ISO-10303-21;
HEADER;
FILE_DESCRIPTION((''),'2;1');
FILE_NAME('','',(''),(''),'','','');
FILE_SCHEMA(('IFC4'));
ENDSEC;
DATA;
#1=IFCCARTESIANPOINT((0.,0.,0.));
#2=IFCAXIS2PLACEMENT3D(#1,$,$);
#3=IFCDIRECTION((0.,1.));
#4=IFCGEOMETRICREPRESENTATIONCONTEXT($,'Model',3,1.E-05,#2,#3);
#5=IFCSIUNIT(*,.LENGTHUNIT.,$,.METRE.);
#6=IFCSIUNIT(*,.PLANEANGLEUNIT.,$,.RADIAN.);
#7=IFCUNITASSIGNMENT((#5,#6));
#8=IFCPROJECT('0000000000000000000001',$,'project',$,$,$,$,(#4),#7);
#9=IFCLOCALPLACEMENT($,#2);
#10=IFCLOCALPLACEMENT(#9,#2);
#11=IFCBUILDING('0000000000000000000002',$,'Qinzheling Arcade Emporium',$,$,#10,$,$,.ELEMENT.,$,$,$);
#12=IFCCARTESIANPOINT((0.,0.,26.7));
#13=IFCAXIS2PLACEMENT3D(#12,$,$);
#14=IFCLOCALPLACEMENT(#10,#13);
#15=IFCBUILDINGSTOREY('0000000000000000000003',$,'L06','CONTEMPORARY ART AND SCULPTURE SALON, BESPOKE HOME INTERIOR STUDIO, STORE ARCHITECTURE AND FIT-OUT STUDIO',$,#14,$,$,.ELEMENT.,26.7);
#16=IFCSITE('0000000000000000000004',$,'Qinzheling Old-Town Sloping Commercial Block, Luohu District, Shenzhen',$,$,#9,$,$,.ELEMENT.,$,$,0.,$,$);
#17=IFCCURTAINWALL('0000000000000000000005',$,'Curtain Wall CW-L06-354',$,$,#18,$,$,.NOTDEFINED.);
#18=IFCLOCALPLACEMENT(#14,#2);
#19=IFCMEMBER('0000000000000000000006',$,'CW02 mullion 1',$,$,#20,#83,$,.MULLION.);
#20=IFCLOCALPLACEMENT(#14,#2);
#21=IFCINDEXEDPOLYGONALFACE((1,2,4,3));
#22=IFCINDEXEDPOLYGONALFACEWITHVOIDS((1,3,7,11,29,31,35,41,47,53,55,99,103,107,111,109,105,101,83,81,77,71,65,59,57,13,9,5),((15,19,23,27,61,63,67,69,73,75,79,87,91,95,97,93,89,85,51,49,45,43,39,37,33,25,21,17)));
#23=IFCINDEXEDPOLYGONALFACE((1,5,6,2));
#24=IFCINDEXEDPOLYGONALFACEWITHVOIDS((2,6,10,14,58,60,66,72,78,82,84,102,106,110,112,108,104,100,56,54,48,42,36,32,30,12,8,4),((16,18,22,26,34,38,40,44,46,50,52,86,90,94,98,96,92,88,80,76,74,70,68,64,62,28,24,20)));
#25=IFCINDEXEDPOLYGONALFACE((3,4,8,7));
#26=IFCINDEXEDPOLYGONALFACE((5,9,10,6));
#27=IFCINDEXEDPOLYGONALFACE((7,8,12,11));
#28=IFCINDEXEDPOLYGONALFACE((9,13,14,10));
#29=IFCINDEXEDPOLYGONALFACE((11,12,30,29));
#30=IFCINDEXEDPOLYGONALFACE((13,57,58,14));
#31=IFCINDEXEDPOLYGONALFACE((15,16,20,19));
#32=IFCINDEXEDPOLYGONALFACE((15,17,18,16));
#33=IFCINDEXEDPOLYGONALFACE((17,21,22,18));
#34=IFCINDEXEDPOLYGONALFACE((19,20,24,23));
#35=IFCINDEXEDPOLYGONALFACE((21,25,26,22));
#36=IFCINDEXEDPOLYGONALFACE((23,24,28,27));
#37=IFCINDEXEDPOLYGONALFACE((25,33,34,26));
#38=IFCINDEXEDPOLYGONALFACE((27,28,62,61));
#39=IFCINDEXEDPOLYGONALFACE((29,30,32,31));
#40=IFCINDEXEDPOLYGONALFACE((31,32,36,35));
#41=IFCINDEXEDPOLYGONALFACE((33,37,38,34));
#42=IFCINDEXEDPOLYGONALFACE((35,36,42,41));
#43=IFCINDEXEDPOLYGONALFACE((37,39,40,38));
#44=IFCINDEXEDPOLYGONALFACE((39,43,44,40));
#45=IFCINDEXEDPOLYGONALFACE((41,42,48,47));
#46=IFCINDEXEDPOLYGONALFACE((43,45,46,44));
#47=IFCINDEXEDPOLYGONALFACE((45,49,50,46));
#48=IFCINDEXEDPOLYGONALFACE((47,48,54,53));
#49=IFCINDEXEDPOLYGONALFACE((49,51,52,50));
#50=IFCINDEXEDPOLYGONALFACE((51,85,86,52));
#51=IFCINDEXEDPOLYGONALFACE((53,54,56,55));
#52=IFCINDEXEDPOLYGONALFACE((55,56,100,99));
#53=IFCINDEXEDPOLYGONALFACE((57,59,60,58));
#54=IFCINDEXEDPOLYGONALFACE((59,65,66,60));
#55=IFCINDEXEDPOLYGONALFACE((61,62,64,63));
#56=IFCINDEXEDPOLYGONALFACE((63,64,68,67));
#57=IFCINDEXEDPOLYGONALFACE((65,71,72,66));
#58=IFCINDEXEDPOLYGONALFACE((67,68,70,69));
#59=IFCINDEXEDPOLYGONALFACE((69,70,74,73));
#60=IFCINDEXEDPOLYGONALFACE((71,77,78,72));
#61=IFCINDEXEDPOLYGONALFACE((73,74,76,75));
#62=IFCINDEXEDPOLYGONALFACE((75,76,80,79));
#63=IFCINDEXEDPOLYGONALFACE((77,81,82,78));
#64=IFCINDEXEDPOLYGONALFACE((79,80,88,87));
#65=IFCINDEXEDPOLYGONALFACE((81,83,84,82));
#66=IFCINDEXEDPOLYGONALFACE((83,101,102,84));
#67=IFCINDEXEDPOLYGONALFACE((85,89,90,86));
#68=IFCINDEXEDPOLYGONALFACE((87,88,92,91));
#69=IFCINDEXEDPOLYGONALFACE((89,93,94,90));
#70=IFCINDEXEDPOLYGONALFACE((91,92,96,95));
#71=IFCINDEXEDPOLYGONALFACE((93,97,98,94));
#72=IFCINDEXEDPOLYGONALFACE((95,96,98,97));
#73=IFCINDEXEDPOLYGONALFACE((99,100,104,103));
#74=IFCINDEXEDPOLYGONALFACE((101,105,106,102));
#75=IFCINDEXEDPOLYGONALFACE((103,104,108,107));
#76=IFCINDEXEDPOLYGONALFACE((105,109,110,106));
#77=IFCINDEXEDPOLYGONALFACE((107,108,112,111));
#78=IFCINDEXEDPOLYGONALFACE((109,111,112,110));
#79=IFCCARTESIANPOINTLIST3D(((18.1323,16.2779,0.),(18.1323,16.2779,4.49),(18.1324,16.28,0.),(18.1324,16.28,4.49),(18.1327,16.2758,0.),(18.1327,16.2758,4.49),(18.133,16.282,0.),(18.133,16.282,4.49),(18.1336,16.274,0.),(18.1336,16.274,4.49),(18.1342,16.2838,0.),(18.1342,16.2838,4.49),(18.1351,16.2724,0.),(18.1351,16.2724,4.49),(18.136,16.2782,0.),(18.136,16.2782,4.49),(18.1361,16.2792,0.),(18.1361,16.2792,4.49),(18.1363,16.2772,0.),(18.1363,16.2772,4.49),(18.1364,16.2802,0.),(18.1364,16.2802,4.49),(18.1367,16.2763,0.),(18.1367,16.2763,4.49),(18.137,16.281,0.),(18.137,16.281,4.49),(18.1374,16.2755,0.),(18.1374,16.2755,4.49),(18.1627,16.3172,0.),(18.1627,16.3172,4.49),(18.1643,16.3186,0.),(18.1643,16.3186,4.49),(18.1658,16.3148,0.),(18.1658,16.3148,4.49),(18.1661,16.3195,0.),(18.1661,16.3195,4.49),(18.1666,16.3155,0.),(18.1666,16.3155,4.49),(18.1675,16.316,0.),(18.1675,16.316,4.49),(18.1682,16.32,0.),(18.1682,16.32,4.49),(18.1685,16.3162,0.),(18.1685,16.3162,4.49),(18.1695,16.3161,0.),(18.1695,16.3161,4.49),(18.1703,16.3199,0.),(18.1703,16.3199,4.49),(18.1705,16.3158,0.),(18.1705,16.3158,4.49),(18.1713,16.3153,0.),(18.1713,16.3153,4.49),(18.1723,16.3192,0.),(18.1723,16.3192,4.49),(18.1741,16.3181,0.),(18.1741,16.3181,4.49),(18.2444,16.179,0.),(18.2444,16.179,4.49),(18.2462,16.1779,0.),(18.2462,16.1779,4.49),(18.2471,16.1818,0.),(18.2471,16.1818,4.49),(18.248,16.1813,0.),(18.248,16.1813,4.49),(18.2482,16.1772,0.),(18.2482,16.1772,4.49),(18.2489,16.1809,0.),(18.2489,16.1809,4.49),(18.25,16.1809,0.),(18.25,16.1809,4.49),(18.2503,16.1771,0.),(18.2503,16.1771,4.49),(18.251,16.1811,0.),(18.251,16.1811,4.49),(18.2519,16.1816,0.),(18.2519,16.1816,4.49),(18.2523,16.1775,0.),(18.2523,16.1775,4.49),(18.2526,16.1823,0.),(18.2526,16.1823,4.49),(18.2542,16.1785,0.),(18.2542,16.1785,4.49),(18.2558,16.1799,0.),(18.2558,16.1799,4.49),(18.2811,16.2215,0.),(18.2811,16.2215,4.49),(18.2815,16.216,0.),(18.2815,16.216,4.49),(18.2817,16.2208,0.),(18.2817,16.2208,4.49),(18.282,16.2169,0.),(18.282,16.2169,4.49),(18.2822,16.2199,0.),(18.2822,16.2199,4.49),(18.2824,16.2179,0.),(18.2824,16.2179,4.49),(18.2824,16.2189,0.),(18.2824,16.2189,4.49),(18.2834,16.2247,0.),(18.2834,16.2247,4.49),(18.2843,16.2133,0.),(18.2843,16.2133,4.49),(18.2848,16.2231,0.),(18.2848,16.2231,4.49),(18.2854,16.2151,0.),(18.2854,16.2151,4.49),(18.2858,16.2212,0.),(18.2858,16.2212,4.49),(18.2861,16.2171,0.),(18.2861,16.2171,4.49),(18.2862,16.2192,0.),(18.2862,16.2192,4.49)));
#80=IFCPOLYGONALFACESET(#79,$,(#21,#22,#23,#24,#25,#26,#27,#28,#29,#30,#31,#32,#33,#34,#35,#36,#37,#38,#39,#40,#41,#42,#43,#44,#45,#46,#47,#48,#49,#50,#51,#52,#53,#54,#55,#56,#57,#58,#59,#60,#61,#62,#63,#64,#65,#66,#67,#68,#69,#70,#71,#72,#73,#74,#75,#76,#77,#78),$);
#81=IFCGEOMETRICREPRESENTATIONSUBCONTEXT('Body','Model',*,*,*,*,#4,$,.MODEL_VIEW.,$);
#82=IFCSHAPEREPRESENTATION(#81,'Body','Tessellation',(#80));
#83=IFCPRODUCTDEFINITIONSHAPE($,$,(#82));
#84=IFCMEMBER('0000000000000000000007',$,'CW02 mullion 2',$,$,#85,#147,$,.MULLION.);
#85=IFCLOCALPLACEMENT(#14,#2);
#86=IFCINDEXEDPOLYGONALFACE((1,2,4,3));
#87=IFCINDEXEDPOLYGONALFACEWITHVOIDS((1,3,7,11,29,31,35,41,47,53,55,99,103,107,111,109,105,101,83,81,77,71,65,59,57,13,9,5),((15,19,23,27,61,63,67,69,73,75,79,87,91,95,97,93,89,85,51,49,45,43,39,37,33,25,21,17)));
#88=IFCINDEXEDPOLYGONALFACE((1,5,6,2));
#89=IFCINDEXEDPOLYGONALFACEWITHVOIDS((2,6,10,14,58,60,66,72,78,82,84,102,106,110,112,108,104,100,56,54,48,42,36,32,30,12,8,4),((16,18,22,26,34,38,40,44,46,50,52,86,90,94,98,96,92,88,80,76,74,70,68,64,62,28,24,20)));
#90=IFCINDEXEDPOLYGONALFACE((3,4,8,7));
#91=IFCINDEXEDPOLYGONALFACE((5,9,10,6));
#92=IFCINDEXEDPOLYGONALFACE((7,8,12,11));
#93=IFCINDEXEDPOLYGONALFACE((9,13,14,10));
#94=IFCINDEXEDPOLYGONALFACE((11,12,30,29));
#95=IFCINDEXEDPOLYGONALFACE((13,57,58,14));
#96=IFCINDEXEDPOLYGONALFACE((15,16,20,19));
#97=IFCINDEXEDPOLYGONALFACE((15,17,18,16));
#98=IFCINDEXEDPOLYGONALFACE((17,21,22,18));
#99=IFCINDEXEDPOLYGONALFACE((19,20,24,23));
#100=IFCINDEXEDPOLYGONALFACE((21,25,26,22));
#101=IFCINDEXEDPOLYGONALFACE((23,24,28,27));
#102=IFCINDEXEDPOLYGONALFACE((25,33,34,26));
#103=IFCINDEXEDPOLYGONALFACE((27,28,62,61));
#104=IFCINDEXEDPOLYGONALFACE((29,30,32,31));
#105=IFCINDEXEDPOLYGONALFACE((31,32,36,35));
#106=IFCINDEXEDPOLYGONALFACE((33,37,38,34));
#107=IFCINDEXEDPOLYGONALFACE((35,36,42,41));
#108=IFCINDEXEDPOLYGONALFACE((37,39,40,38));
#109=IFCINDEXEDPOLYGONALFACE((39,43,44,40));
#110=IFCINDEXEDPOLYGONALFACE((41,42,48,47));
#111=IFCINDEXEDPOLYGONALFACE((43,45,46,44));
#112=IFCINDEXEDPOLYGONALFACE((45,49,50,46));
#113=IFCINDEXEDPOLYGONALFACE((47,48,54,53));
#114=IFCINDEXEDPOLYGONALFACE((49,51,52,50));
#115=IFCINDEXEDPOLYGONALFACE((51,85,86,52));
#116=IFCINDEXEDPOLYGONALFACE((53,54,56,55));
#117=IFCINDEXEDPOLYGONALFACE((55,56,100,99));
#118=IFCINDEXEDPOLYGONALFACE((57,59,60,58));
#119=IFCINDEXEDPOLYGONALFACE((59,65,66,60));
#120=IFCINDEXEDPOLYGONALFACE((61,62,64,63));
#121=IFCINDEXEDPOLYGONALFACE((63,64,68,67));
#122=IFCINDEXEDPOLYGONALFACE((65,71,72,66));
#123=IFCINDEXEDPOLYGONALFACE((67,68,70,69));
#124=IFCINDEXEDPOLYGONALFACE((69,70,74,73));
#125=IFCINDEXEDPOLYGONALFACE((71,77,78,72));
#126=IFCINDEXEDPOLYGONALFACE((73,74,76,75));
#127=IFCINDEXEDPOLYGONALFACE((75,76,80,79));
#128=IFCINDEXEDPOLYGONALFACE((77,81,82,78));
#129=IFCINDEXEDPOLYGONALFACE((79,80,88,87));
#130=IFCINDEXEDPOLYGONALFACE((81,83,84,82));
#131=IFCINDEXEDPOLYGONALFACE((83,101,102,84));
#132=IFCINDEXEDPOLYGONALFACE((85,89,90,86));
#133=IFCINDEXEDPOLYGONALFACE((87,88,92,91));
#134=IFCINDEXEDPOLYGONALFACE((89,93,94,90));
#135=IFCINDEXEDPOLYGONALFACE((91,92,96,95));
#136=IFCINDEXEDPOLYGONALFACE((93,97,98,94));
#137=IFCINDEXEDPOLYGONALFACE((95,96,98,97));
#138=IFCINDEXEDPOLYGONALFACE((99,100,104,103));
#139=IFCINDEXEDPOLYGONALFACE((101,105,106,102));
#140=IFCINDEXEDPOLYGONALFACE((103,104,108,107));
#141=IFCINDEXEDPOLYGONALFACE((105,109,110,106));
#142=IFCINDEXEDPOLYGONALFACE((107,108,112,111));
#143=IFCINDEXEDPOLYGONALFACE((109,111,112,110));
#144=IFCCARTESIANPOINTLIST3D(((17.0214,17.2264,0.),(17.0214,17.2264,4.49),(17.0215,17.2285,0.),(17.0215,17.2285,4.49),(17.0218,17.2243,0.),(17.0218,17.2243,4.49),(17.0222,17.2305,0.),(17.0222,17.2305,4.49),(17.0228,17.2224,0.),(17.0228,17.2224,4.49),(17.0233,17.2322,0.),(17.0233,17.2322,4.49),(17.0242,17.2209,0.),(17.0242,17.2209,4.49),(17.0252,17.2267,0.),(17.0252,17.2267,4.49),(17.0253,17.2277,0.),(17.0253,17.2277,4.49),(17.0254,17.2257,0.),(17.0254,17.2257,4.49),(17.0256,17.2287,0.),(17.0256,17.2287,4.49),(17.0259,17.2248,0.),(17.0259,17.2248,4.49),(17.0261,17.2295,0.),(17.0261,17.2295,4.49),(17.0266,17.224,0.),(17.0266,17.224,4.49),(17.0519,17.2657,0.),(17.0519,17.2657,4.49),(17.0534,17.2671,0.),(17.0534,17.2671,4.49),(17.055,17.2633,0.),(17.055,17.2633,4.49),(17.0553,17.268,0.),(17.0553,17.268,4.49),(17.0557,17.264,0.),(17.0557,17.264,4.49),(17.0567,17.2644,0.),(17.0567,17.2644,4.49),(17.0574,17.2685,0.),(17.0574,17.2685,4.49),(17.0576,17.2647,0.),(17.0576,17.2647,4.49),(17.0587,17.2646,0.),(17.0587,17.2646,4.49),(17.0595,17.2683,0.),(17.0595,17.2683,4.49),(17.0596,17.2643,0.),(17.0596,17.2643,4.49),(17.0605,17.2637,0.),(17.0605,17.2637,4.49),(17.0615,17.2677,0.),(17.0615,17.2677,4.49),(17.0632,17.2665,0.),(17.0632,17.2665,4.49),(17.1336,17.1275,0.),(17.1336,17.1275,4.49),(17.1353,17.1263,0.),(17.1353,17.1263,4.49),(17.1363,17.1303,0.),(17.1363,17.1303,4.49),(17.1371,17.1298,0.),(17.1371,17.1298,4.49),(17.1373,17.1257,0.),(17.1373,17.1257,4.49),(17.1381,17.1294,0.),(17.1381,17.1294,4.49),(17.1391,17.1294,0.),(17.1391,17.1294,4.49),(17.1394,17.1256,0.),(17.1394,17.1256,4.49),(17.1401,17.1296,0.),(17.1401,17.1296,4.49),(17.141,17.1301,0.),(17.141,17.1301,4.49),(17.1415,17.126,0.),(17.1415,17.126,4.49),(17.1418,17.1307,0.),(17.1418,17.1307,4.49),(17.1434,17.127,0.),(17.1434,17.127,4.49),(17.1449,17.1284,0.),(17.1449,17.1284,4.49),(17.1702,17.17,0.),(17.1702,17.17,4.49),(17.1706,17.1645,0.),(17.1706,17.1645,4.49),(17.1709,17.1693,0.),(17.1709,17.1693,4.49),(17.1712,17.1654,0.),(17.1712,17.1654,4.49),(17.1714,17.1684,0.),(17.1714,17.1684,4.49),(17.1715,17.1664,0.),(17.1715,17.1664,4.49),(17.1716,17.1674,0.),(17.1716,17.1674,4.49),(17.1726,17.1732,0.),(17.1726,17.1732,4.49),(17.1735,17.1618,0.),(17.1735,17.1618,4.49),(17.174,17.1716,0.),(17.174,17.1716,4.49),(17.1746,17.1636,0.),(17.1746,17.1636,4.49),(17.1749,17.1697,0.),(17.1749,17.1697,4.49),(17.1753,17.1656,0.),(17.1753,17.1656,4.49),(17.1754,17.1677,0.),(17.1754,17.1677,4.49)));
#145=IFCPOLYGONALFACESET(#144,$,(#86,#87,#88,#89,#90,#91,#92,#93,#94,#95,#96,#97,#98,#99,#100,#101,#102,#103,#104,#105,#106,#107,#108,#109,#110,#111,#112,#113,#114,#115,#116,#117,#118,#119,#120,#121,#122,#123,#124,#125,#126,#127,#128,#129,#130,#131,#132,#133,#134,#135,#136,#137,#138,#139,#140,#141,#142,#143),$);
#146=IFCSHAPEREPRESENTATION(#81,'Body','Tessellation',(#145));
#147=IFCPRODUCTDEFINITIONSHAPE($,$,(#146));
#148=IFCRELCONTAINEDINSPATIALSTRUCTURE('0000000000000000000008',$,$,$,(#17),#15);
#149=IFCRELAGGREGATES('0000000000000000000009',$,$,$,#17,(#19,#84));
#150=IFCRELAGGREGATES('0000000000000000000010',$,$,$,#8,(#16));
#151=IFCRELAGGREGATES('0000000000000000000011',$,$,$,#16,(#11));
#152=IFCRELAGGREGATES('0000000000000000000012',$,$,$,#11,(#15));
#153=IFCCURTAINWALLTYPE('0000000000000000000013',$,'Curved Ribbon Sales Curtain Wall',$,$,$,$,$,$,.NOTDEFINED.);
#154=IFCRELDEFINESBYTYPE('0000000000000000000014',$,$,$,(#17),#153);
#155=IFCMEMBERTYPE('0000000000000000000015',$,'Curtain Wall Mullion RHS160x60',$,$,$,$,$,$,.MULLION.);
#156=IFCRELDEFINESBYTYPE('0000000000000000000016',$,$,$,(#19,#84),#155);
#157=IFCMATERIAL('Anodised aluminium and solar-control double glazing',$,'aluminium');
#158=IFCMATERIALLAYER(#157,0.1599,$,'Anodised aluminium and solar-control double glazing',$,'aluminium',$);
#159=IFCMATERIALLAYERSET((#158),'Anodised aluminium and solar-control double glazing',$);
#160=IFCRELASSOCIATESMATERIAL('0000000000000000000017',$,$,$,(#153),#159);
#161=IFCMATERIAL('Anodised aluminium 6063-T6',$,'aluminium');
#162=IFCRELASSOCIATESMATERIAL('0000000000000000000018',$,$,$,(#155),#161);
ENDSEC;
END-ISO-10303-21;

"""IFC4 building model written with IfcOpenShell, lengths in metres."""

from ifc_helpers import new_model, si_unit, direction, frame, origin, origin_2d, place, context, subcontext, project, spatial, hollow_rectangle, extrude, material, layer, layer_set, material_profile, profile_set, type_object, element, aggregate, save


model = new_model("IFC4")

# Units and contexts
model_context = context("Model", 3, precision=1e-05, world=origin(), true_north=direction((0.0, 1.0)))
body_context = subcontext(model_context, "Body", "Model", "MODEL_VIEW")
ifc_project = project(units=[si_unit("LENGTHUNIT", "METRE"), si_unit("PLANEANGLEUNIT", "RADIAN")], contexts=[model_context])

# Site, building, storey
site_placement = place(None, origin())
site = spatial("IfcSite", under=ifc_project, at=site_placement, Name="Qinzheling Old-Town Sloping Commercial Block, Luohu District, Shenzhen", CompositionType="ELEMENT", RefElevation=0.0)
building_placement = place(site_placement, origin())
building = spatial("IfcBuilding", under=site, at=building_placement, Name="Qinzheling Arcade Emporium", CompositionType="ELEMENT")
storey_placement = place(building_placement, frame((0.0, 0.0, 26.7)))
storey = spatial("IfcBuildingStorey", under=building, at=storey_placement, Name="L06", Description="CONTEMPORARY ART AND SCULPTURE SALON, BESPOKE HOME INTERIOR STUDIO, STORE ARCHITECTURE AND FIT-OUT STUDIO", CompositionType="ELEMENT", Elevation=26.7)

# Curtain wall, members
ifc_material_1 = material(Name="Anodised aluminium and solar-control double glazing", Category="aluminium")
ifc_layer_1 = layer(ifc_material_1, 0.1599, Name="Anodised aluminium and solar-control double glazing", Category="aluminium")
ifc_layer_set_1 = layer_set([ifc_layer_1], Name="Anodised aluminium and solar-control double glazing")
curtain_wall_type = type_object("IfcCurtainWallType", Name="Curved Ribbon Sales Curtain Wall", PredefinedType="NOTDEFINED", material=ifc_layer_set_1)
curtain_wall_1_placement = place(storey_placement, origin())
curtain_wall_1 = element("IfcCurtainWall", 1, at=curtain_wall_1_placement, inside=storey, type_object=curtain_wall_type, Name="Curtain Wall CW-L06-354", PredefinedType="NOTDEFINED")
ifc_material_2 = material(Name="Anodised aluminium 6063-T6", Category="aluminium")
ifc_material_profile_1 = material_profile(ifc_material_2, hollow_rectangle(XDim=0.0601, YDim=0.1599, WallThickness=0.0039, InnerFilletRadius=0.0039, OuterFilletRadius=0.0081, at=origin_2d()), Name="RHS 160x60x4", Category="aluminium")
ifc_profile_set_1 = profile_set([ifc_material_profile_1], Name="Anodised aluminium 6063-T6")
member_type_1 = type_object("IfcMemberType", Name="Curtain Wall Mullion RHS160x60", PredefinedType="MULLION", material=ifc_profile_set_1)
member_1_placement = place(storey_placement, frame((18.2092, 16.2485, 0.0), z_axis=(0.0, 0.0, 1.0), x_axis=(-0.649409, -0.760439, 0.0)))
member_1 = element("IfcMember", 2, at=member_1_placement, type_object=member_type_1, Name="CW02 mullion 1", PredefinedType="MULLION", context=body_context, shape_type="SweptSolid", body=[
    extrude(hollow_rectangle(XDim=0.0601, YDim=0.1599, WallThickness=0.0039, InnerFilletRadius=0.0039, OuterFilletRadius=0.0081, at=origin_2d()), origin(), (0.0, 0.0, 1.0), 4.49),
])
member_2_placement = place(storey_placement, frame((17.0984, 17.197, 0.0), z_axis=(0.0, 0.0, 1.0), x_axis=(-0.649409, -0.760439, 0.0)))
member_2 = element("IfcMember", 3, at=member_2_placement, type_object=member_type_1, Name="CW02 mullion 2", PredefinedType="MULLION", context=body_context, shape_type="SweptSolid", body=[
    extrude(hollow_rectangle(XDim=0.0601, YDim=0.1599, WallThickness=0.0039, InnerFilletRadius=0.0039, OuterFilletRadius=0.0081, at=origin_2d()), origin(), (0.0, 0.0, 1.0), 4.49),
])

aggregate(curtain_wall_1, [member_1, member_2])

save(model, "model.ifc")
